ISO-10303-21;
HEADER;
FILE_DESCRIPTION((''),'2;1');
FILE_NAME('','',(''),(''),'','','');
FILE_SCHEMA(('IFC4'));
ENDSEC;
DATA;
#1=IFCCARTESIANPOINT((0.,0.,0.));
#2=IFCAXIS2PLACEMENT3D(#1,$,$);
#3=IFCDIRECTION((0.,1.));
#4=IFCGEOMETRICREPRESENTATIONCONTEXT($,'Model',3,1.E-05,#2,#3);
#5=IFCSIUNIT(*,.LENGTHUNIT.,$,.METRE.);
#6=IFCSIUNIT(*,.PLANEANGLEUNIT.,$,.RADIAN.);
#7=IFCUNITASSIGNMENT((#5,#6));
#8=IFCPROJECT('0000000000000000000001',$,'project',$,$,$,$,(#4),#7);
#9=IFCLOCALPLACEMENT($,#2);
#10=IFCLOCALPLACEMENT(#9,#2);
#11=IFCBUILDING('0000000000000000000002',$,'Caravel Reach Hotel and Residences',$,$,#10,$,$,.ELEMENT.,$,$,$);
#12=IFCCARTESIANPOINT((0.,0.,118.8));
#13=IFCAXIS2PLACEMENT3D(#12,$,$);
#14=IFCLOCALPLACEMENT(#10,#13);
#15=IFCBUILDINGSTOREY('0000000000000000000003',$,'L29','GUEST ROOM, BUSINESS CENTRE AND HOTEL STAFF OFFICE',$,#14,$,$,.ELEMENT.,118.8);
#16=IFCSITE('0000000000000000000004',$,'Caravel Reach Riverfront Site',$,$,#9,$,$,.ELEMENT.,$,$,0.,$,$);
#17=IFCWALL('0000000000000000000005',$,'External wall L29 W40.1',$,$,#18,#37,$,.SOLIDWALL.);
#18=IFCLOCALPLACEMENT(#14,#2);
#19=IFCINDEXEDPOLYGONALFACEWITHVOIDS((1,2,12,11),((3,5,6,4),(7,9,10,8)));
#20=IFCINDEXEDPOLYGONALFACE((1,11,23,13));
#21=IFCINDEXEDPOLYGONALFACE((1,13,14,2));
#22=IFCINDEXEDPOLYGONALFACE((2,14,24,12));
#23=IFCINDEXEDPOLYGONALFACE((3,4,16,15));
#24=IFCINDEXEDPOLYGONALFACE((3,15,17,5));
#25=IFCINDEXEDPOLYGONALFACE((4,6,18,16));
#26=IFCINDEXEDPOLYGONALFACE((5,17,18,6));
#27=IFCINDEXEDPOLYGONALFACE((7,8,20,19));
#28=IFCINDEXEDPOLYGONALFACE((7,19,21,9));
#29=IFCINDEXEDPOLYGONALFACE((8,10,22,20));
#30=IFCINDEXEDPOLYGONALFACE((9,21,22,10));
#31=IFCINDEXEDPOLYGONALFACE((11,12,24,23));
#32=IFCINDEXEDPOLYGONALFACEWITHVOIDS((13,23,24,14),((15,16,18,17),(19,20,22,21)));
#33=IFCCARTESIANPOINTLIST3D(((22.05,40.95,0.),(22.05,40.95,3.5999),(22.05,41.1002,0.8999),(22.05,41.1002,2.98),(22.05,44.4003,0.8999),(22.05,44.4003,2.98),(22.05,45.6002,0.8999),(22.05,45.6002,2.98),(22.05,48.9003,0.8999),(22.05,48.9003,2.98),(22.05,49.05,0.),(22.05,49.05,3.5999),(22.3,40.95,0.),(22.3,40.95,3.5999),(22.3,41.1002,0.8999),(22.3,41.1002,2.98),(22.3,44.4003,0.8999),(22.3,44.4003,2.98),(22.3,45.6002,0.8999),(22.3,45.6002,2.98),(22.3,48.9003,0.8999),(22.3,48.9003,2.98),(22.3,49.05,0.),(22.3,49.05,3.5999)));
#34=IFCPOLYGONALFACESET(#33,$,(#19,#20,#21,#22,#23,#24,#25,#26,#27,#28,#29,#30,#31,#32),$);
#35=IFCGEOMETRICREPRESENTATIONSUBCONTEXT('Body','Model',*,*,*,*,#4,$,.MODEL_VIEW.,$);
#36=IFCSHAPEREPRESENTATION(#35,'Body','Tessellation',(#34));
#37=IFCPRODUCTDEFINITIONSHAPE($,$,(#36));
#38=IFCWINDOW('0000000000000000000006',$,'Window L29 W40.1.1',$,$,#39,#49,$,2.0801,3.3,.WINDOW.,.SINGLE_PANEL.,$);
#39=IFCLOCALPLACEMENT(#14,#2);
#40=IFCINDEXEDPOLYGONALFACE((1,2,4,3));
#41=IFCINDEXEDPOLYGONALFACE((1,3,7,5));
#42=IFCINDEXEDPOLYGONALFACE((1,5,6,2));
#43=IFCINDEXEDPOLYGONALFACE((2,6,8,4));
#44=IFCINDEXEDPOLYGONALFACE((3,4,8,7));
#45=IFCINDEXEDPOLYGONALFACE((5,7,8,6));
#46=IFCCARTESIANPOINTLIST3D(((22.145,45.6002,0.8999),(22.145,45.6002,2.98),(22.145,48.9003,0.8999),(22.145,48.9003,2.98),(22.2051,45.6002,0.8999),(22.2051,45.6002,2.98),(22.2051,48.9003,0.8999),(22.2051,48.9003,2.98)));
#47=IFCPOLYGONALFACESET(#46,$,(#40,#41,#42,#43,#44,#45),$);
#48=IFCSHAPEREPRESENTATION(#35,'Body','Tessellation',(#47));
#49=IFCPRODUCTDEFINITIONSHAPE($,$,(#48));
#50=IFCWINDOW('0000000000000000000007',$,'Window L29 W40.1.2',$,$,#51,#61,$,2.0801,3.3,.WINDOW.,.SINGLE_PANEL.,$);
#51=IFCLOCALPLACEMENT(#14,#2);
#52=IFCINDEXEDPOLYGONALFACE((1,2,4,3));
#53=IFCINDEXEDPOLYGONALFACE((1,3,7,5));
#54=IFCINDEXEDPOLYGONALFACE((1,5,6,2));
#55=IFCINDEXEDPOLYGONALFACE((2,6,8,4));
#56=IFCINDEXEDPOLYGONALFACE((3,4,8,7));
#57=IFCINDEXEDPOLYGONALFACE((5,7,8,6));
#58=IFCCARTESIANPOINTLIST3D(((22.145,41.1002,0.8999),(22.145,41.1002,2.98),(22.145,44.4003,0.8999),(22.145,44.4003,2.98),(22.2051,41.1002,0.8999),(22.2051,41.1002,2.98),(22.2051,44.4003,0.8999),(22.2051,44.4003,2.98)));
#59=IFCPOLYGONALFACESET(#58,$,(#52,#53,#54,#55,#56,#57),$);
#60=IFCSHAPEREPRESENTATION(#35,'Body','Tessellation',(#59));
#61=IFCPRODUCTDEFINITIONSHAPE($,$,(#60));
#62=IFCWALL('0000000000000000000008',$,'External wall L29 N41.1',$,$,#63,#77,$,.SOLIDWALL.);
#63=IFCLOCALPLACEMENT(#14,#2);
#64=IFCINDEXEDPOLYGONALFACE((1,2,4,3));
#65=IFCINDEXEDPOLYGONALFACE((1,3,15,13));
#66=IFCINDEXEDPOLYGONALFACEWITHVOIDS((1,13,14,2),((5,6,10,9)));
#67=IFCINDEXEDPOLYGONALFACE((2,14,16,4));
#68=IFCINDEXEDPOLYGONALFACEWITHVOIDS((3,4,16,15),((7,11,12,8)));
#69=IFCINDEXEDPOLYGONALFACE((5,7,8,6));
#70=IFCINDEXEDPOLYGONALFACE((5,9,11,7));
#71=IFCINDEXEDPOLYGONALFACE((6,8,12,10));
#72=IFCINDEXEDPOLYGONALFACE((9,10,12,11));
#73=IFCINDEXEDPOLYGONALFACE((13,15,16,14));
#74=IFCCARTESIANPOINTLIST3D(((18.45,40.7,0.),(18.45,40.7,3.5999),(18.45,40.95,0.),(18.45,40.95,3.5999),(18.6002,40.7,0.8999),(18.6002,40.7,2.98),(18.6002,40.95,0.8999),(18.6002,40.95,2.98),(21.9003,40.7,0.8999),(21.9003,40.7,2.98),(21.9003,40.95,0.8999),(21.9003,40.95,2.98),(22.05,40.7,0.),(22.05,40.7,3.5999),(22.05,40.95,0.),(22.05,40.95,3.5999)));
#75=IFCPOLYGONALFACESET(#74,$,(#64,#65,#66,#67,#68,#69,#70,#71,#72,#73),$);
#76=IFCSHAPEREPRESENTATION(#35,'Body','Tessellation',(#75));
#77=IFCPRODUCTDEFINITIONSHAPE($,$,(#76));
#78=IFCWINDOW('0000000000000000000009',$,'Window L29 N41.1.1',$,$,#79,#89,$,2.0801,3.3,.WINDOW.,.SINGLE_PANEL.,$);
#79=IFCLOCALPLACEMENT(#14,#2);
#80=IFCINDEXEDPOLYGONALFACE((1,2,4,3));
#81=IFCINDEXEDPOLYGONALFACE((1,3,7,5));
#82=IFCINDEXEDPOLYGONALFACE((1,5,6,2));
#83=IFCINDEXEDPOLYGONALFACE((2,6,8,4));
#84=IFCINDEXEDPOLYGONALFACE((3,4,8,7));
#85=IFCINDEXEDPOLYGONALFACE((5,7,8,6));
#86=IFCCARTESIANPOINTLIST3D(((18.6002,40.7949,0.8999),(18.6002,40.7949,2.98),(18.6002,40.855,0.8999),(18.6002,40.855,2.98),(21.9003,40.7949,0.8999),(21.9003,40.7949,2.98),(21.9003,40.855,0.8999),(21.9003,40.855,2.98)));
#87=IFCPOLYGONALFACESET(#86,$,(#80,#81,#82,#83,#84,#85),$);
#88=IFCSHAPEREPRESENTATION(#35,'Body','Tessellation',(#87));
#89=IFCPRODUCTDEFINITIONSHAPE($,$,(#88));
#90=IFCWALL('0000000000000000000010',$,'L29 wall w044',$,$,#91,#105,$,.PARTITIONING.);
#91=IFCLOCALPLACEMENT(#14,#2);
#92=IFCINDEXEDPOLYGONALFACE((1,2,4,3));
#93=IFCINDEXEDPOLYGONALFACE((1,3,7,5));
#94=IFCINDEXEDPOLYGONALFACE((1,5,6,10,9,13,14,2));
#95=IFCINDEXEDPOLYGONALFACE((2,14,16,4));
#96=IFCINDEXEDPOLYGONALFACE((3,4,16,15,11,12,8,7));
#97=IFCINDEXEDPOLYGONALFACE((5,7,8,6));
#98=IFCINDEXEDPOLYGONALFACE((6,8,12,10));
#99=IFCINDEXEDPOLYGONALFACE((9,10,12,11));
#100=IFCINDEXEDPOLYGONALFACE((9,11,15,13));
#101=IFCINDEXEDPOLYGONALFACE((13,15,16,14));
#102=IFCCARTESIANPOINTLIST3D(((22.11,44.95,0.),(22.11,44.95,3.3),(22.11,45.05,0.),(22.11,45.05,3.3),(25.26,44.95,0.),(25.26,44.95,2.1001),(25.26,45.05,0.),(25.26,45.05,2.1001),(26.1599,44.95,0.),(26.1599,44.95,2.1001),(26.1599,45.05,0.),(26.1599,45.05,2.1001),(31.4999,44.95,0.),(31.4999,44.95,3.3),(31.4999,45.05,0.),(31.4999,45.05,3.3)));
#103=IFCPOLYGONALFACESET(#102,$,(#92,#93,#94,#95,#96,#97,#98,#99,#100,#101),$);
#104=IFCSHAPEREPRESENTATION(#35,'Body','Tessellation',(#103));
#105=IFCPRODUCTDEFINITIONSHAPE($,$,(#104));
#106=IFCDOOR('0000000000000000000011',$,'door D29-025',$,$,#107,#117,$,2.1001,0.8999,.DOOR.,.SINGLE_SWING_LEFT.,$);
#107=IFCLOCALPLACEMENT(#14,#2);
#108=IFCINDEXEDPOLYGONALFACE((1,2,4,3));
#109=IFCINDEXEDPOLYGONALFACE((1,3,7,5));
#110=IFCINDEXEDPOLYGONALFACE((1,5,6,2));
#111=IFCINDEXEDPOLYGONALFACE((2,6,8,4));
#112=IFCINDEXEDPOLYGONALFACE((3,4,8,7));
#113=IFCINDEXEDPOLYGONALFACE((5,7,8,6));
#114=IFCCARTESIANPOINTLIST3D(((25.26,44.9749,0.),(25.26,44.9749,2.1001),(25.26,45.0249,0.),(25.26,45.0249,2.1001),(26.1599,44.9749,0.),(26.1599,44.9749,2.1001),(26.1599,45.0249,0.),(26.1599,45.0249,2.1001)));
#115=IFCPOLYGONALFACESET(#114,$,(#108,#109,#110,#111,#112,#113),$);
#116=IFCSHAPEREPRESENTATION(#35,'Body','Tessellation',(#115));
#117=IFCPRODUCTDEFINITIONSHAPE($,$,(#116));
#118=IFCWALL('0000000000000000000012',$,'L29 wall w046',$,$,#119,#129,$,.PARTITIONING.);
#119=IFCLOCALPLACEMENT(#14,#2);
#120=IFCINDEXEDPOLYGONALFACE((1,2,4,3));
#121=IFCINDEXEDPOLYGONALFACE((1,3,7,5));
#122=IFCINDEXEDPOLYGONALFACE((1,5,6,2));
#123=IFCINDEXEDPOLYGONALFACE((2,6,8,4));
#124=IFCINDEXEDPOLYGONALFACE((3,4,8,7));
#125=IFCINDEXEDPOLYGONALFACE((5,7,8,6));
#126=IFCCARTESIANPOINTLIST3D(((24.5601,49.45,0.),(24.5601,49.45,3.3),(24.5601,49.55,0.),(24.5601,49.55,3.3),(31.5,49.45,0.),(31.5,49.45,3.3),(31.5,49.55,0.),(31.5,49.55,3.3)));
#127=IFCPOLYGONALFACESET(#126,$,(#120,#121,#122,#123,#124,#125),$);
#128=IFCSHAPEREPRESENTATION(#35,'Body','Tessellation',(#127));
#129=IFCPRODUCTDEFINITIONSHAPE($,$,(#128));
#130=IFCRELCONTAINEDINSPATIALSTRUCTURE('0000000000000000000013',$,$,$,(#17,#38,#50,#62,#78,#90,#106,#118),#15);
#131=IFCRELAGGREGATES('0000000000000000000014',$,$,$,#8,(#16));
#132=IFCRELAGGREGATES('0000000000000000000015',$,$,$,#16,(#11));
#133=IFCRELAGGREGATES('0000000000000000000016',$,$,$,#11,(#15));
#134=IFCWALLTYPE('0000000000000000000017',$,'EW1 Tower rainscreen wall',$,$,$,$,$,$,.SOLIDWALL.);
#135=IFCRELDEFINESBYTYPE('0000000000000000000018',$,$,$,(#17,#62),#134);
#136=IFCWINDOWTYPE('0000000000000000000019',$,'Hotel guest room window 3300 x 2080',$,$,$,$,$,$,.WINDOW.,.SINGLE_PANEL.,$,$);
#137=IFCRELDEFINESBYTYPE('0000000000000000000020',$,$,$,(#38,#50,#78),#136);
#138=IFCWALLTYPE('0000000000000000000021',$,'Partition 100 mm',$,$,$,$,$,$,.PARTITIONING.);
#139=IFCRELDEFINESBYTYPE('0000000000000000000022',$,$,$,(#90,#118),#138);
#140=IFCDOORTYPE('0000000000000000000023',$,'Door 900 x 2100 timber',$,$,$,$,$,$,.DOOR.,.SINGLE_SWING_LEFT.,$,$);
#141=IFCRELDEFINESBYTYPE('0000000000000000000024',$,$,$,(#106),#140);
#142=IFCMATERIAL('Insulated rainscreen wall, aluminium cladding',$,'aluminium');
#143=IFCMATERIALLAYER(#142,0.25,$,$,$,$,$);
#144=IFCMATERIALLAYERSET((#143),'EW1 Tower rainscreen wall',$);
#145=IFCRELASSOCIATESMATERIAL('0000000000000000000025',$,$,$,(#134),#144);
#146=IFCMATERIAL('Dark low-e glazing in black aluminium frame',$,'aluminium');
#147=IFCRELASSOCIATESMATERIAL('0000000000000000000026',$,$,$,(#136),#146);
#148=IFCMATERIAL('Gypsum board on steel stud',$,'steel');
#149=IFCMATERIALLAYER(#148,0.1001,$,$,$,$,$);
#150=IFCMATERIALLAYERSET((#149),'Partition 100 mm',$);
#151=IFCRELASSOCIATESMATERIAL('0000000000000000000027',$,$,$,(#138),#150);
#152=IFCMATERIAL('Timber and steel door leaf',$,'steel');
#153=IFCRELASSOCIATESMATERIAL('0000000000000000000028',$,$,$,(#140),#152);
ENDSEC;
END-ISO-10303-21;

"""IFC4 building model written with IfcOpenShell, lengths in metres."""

from ifc_helpers import new_model, si_unit, direction, frame, frame_2d, origin, place, context, subcontext, project, spatial, rectangle, extrude, material, layer, layer_set, type_object, element, fill, save


model = new_model("IFC4")

# Units and contexts
model_context = context("Model", 3, precision=1e-05, world=origin(), true_north=direction((0.0, 1.0)))
body_context = subcontext(model_context, "Body", "Model", "MODEL_VIEW")
ifc_project = project(units=[si_unit("LENGTHUNIT", "METRE"), si_unit("PLANEANGLEUNIT", "RADIAN")], contexts=[model_context])

# Site, building, storey
site_placement = place(None, origin())
site = spatial("IfcSite", under=ifc_project, at=site_placement, Name="Caravel Reach Riverfront Site", CompositionType="ELEMENT", RefElevation=0.0)
building_placement = place(site_placement, origin())
building = spatial("IfcBuilding", under=site, at=building_placement, Name="Caravel Reach Hotel and Residences", CompositionType="ELEMENT")
storey_placement = place(building_placement, frame((0.0, 0.0, 118.8)))
storey = spatial("IfcBuildingStorey", under=building, at=storey_placement, Name="L29", Description="GUEST ROOM, BUSINESS CENTRE AND HOTEL STAFF OFFICE", CompositionType="ELEMENT", Elevation=118.8)

# Shared definitions
ifc_material_1 = material(Name="Insulated rainscreen wall, aluminium cladding", Category="aluminium")
ifc_layer_1 = layer(ifc_material_1, 0.25)
ifc_layer_set_1 = layer_set([ifc_layer_1], Name="EW1 Tower rainscreen wall")
wall_type_1 = type_object("IfcWallType", Name="EW1 Tower rainscreen wall", PredefinedType="SOLIDWALL", material=ifc_layer_set_1)

# Wall, openings, windows
wall_1_placement = place(storey_placement, frame((22.175, 49.05, 0.0), z_axis=(0.0, 0.0, 1.0), x_axis=(0.0, -1.0, 0.0)))
wall_1 = element("IfcWall", 1, at=wall_1_placement, inside=storey, type_object=wall_type_1, Name="External wall L29 W40.1", PredefinedType="SOLIDWALL", context=body_context, shape_type="SweptSolid", body=[
    extrude(rectangle(XDim=8.1001, YDim=0.25, at=frame_2d((4.05, 0.0))), origin(), (0.0, 0.0, 1.0), 3.5999),
])
opening_1_placement = place(wall_1_placement, frame((0.1499, 0.0, 0.8999)))
opening_1 = element("IfcOpeningElement", 2, at=opening_1_placement, cuts=wall_1, PredefinedType="OPENING", context=body_context, shape_type="SweptSolid", body=[
    extrude(rectangle(XDim=3.3, YDim=2.0801, at=frame_2d((1.6499, 1.04))), frame((0.0, 0.135, 0.0), z_axis=(0.0, -1.0, 0.0), x_axis=(1.0, 0.0, 0.0)), (0.0, 0.0, 1.0), 0.27),
])
opening_2_placement = place(wall_1_placement, frame((4.6499, 0.0, 0.8999)))
opening_2 = element("IfcOpeningElement", 3, at=opening_2_placement, cuts=wall_1, PredefinedType="OPENING", context=body_context, shape_type="SweptSolid", body=[
    extrude(rectangle(XDim=3.3, YDim=2.0801, at=frame_2d((1.6499, 1.04))), frame((0.0, 0.135, 0.0), z_axis=(0.0, -1.0, 0.0), x_axis=(1.0, 0.0, 0.0)), (0.0, 0.0, 1.0), 0.27),
])
ifc_material_2 = material(Name="Dark low-e glazing in black aluminium frame", Category="aluminium")
window_type_1 = type_object("IfcWindowType", Name="Hotel guest room window 3300 x 2080", PartitioningType="SINGLE_PANEL", PredefinedType="WINDOW", material=ifc_material_2)
window_1_placement = place(opening_1_placement, origin())
window_1 = element("IfcWindow", 4, at=window_1_placement, inside=storey, type_object=window_type_1, Name="Window L29 W40.1.1", OverallHeight=2.0801, OverallWidth=3.3, PartitioningType="SINGLE_PANEL", PredefinedType="WINDOW", context=body_context, shape_type="SweptSolid", body=[
    extrude(rectangle(XDim=3.3, YDim=2.0801, at=frame_2d((1.6499, 1.04))), frame((0.0, 0.03, 0.0), z_axis=(0.0, -1.0, 0.0), x_axis=(1.0, 0.0, 0.0)), (0.0, 0.0, 1.0), 0.0601),
])
fill(opening_1, window_1)
window_2_placement = place(opening_2_placement, origin())
window_2 = element("IfcWindow", 5, at=window_2_placement, inside=storey, type_object=window_type_1, Name="Window L29 W40.1.2", OverallHeight=2.0801, OverallWidth=3.3, PartitioningType="SINGLE_PANEL", PredefinedType="WINDOW", context=body_context, shape_type="SweptSolid", body=[
    extrude(rectangle(XDim=3.3, YDim=2.0801, at=frame_2d((1.6499, 1.04))), frame((0.0, 0.03, 0.0), z_axis=(0.0, -1.0, 0.0), x_axis=(1.0, 0.0, 0.0)), (0.0, 0.0, 1.0), 0.0601),
])
fill(opening_2, window_2)

# Wall, opening, window
wall_2_placement = place(storey_placement, frame((22.05, 40.825, 0.0), z_axis=(0.0, 0.0, 1.0), x_axis=(-1.0, 0.0, 0.0)))
wall_2 = element("IfcWall", 6, at=wall_2_placement, inside=storey, type_object=wall_type_1, Name="External wall L29 N41.1", PredefinedType="SOLIDWALL", context=body_context, shape_type="SweptSolid", body=[
    extrude(rectangle(XDim=3.6001, YDim=0.25, at=frame_2d((1.8, 0.0))), origin(), (0.0, 0.0, 1.0), 3.5999),
])
opening_3_placement = place(wall_2_placement, frame((0.1499, 0.0, 0.8999)))
opening_3 = element("IfcOpeningElement", 7, at=opening_3_placement, cuts=wall_2, PredefinedType="OPENING", context=body_context, shape_type="SweptSolid", body=[
    extrude(rectangle(XDim=3.3, YDim=2.0801, at=frame_2d((1.6499, 1.04))), frame((0.0, 0.135, 0.0), z_axis=(0.0, -1.0, 0.0), x_axis=(1.0, 0.0, 0.0)), (0.0, 0.0, 1.0), 0.27),
])
window_3_placement = place(opening_3_placement, origin())
window_3 = element("IfcWindow", 8, at=window_3_placement, inside=storey, type_object=window_type_1, Name="Window L29 N41.1.1", OverallHeight=2.0801, OverallWidth=3.3, PartitioningType="SINGLE_PANEL", PredefinedType="WINDOW", context=body_context, shape_type="SweptSolid", body=[
    extrude(rectangle(XDim=3.3, YDim=2.0801, at=frame_2d((1.6499, 1.04))), frame((0.0, 0.03, 0.0), z_axis=(0.0, -1.0, 0.0), x_axis=(1.0, 0.0, 0.0)), (0.0, 0.0, 1.0), 0.0601),
])
fill(opening_3, window_3)

# Wall, opening, door
ifc_material_3 = material(Name="Gypsum board on steel stud", Category="steel")
ifc_layer_2 = layer(ifc_material_3, 0.1001)
ifc_layer_set_2 = layer_set([ifc_layer_2], Name="Partition 100 mm")
wall_type_2 = type_object("IfcWallType", Name="Partition 100 mm", PredefinedType="PARTITIONING", material=ifc_layer_set_2)
wall_3_placement = place(storey_placement, frame((22.1101, 45.0, 0.0), z_axis=(0.0, 0.0, 1.0), x_axis=(1.0, 0.0, 0.0)))
wall_3 = element("IfcWall", 9, at=wall_3_placement, inside=storey, type_object=wall_type_2, Name="L29 wall w044", PredefinedType="PARTITIONING", context=body_context, shape_type="SweptSolid", body=[
    extrude(rectangle(XDim=9.3899, YDim=0.1001, at=frame_2d((4.6948, 0.0))), origin(), (0.0, 0.0, 1.0), 3.3),
])
opening_4_placement = place(wall_3_placement, frame((3.1499, 0.0, 0.0)))
opening_4 = element("IfcOpeningElement", 10, at=opening_4_placement, cuts=wall_3, PredefinedType="OPENING", context=body_context, shape_type="SweptSolid", body=[
    extrude(rectangle(XDim=0.8999, YDim=2.1001, at=frame_2d((0.45, 1.05))), frame((0.0, 0.0601, 0.0), z_axis=(0.0, -1.0, 0.0), x_axis=(1.0, 0.0, 0.0)), (0.0, 0.0, 1.0), 0.1201),
])
ifc_material_4 = material(Name="Timber and steel door leaf", Category="steel")
door_type_1 = type_object("IfcDoorType", Name="Door 900 x 2100 timber", OperationType="SINGLE_SWING_LEFT", PredefinedType="DOOR", material=ifc_material_4)
door_1_placement = place(opening_4_placement, origin())
door_1 = element("IfcDoor", 11, at=door_1_placement, inside=storey, type_object=door_type_1, Name="door D29-025", OperationType="SINGLE_SWING_LEFT", OverallHeight=2.1001, OverallWidth=0.8999, PredefinedType="DOOR", context=body_context, shape_type="SweptSolid", body=[
    extrude(rectangle(XDim=0.8999, YDim=2.1001, at=frame_2d((0.45, 1.05))), frame((0.0, 0.0249, 0.0), z_axis=(0.0, -1.0, 0.0), x_axis=(1.0, 0.0, 0.0)), (0.0, 0.0, 1.0), 0.05),
])
fill(opening_4, door_1)

# Wall
wall_4_placement = place(storey_placement, frame((24.5601, 49.5, 0.0), z_axis=(0.0, 0.0, 1.0), x_axis=(1.0, 0.0, 0.0)))
element("IfcWall", 12, at=wall_4_placement, inside=storey, type_object=wall_type_2, Name="L29 wall w046", PredefinedType="PARTITIONING", context=body_context, shape_type="SweptSolid", body=[
    extrude(rectangle(XDim=6.9399, YDim=0.1001, at=frame_2d((3.47, 0.0))), origin(), (0.0, 0.0, 1.0), 3.3),
])

save(model, "model.ifc")
